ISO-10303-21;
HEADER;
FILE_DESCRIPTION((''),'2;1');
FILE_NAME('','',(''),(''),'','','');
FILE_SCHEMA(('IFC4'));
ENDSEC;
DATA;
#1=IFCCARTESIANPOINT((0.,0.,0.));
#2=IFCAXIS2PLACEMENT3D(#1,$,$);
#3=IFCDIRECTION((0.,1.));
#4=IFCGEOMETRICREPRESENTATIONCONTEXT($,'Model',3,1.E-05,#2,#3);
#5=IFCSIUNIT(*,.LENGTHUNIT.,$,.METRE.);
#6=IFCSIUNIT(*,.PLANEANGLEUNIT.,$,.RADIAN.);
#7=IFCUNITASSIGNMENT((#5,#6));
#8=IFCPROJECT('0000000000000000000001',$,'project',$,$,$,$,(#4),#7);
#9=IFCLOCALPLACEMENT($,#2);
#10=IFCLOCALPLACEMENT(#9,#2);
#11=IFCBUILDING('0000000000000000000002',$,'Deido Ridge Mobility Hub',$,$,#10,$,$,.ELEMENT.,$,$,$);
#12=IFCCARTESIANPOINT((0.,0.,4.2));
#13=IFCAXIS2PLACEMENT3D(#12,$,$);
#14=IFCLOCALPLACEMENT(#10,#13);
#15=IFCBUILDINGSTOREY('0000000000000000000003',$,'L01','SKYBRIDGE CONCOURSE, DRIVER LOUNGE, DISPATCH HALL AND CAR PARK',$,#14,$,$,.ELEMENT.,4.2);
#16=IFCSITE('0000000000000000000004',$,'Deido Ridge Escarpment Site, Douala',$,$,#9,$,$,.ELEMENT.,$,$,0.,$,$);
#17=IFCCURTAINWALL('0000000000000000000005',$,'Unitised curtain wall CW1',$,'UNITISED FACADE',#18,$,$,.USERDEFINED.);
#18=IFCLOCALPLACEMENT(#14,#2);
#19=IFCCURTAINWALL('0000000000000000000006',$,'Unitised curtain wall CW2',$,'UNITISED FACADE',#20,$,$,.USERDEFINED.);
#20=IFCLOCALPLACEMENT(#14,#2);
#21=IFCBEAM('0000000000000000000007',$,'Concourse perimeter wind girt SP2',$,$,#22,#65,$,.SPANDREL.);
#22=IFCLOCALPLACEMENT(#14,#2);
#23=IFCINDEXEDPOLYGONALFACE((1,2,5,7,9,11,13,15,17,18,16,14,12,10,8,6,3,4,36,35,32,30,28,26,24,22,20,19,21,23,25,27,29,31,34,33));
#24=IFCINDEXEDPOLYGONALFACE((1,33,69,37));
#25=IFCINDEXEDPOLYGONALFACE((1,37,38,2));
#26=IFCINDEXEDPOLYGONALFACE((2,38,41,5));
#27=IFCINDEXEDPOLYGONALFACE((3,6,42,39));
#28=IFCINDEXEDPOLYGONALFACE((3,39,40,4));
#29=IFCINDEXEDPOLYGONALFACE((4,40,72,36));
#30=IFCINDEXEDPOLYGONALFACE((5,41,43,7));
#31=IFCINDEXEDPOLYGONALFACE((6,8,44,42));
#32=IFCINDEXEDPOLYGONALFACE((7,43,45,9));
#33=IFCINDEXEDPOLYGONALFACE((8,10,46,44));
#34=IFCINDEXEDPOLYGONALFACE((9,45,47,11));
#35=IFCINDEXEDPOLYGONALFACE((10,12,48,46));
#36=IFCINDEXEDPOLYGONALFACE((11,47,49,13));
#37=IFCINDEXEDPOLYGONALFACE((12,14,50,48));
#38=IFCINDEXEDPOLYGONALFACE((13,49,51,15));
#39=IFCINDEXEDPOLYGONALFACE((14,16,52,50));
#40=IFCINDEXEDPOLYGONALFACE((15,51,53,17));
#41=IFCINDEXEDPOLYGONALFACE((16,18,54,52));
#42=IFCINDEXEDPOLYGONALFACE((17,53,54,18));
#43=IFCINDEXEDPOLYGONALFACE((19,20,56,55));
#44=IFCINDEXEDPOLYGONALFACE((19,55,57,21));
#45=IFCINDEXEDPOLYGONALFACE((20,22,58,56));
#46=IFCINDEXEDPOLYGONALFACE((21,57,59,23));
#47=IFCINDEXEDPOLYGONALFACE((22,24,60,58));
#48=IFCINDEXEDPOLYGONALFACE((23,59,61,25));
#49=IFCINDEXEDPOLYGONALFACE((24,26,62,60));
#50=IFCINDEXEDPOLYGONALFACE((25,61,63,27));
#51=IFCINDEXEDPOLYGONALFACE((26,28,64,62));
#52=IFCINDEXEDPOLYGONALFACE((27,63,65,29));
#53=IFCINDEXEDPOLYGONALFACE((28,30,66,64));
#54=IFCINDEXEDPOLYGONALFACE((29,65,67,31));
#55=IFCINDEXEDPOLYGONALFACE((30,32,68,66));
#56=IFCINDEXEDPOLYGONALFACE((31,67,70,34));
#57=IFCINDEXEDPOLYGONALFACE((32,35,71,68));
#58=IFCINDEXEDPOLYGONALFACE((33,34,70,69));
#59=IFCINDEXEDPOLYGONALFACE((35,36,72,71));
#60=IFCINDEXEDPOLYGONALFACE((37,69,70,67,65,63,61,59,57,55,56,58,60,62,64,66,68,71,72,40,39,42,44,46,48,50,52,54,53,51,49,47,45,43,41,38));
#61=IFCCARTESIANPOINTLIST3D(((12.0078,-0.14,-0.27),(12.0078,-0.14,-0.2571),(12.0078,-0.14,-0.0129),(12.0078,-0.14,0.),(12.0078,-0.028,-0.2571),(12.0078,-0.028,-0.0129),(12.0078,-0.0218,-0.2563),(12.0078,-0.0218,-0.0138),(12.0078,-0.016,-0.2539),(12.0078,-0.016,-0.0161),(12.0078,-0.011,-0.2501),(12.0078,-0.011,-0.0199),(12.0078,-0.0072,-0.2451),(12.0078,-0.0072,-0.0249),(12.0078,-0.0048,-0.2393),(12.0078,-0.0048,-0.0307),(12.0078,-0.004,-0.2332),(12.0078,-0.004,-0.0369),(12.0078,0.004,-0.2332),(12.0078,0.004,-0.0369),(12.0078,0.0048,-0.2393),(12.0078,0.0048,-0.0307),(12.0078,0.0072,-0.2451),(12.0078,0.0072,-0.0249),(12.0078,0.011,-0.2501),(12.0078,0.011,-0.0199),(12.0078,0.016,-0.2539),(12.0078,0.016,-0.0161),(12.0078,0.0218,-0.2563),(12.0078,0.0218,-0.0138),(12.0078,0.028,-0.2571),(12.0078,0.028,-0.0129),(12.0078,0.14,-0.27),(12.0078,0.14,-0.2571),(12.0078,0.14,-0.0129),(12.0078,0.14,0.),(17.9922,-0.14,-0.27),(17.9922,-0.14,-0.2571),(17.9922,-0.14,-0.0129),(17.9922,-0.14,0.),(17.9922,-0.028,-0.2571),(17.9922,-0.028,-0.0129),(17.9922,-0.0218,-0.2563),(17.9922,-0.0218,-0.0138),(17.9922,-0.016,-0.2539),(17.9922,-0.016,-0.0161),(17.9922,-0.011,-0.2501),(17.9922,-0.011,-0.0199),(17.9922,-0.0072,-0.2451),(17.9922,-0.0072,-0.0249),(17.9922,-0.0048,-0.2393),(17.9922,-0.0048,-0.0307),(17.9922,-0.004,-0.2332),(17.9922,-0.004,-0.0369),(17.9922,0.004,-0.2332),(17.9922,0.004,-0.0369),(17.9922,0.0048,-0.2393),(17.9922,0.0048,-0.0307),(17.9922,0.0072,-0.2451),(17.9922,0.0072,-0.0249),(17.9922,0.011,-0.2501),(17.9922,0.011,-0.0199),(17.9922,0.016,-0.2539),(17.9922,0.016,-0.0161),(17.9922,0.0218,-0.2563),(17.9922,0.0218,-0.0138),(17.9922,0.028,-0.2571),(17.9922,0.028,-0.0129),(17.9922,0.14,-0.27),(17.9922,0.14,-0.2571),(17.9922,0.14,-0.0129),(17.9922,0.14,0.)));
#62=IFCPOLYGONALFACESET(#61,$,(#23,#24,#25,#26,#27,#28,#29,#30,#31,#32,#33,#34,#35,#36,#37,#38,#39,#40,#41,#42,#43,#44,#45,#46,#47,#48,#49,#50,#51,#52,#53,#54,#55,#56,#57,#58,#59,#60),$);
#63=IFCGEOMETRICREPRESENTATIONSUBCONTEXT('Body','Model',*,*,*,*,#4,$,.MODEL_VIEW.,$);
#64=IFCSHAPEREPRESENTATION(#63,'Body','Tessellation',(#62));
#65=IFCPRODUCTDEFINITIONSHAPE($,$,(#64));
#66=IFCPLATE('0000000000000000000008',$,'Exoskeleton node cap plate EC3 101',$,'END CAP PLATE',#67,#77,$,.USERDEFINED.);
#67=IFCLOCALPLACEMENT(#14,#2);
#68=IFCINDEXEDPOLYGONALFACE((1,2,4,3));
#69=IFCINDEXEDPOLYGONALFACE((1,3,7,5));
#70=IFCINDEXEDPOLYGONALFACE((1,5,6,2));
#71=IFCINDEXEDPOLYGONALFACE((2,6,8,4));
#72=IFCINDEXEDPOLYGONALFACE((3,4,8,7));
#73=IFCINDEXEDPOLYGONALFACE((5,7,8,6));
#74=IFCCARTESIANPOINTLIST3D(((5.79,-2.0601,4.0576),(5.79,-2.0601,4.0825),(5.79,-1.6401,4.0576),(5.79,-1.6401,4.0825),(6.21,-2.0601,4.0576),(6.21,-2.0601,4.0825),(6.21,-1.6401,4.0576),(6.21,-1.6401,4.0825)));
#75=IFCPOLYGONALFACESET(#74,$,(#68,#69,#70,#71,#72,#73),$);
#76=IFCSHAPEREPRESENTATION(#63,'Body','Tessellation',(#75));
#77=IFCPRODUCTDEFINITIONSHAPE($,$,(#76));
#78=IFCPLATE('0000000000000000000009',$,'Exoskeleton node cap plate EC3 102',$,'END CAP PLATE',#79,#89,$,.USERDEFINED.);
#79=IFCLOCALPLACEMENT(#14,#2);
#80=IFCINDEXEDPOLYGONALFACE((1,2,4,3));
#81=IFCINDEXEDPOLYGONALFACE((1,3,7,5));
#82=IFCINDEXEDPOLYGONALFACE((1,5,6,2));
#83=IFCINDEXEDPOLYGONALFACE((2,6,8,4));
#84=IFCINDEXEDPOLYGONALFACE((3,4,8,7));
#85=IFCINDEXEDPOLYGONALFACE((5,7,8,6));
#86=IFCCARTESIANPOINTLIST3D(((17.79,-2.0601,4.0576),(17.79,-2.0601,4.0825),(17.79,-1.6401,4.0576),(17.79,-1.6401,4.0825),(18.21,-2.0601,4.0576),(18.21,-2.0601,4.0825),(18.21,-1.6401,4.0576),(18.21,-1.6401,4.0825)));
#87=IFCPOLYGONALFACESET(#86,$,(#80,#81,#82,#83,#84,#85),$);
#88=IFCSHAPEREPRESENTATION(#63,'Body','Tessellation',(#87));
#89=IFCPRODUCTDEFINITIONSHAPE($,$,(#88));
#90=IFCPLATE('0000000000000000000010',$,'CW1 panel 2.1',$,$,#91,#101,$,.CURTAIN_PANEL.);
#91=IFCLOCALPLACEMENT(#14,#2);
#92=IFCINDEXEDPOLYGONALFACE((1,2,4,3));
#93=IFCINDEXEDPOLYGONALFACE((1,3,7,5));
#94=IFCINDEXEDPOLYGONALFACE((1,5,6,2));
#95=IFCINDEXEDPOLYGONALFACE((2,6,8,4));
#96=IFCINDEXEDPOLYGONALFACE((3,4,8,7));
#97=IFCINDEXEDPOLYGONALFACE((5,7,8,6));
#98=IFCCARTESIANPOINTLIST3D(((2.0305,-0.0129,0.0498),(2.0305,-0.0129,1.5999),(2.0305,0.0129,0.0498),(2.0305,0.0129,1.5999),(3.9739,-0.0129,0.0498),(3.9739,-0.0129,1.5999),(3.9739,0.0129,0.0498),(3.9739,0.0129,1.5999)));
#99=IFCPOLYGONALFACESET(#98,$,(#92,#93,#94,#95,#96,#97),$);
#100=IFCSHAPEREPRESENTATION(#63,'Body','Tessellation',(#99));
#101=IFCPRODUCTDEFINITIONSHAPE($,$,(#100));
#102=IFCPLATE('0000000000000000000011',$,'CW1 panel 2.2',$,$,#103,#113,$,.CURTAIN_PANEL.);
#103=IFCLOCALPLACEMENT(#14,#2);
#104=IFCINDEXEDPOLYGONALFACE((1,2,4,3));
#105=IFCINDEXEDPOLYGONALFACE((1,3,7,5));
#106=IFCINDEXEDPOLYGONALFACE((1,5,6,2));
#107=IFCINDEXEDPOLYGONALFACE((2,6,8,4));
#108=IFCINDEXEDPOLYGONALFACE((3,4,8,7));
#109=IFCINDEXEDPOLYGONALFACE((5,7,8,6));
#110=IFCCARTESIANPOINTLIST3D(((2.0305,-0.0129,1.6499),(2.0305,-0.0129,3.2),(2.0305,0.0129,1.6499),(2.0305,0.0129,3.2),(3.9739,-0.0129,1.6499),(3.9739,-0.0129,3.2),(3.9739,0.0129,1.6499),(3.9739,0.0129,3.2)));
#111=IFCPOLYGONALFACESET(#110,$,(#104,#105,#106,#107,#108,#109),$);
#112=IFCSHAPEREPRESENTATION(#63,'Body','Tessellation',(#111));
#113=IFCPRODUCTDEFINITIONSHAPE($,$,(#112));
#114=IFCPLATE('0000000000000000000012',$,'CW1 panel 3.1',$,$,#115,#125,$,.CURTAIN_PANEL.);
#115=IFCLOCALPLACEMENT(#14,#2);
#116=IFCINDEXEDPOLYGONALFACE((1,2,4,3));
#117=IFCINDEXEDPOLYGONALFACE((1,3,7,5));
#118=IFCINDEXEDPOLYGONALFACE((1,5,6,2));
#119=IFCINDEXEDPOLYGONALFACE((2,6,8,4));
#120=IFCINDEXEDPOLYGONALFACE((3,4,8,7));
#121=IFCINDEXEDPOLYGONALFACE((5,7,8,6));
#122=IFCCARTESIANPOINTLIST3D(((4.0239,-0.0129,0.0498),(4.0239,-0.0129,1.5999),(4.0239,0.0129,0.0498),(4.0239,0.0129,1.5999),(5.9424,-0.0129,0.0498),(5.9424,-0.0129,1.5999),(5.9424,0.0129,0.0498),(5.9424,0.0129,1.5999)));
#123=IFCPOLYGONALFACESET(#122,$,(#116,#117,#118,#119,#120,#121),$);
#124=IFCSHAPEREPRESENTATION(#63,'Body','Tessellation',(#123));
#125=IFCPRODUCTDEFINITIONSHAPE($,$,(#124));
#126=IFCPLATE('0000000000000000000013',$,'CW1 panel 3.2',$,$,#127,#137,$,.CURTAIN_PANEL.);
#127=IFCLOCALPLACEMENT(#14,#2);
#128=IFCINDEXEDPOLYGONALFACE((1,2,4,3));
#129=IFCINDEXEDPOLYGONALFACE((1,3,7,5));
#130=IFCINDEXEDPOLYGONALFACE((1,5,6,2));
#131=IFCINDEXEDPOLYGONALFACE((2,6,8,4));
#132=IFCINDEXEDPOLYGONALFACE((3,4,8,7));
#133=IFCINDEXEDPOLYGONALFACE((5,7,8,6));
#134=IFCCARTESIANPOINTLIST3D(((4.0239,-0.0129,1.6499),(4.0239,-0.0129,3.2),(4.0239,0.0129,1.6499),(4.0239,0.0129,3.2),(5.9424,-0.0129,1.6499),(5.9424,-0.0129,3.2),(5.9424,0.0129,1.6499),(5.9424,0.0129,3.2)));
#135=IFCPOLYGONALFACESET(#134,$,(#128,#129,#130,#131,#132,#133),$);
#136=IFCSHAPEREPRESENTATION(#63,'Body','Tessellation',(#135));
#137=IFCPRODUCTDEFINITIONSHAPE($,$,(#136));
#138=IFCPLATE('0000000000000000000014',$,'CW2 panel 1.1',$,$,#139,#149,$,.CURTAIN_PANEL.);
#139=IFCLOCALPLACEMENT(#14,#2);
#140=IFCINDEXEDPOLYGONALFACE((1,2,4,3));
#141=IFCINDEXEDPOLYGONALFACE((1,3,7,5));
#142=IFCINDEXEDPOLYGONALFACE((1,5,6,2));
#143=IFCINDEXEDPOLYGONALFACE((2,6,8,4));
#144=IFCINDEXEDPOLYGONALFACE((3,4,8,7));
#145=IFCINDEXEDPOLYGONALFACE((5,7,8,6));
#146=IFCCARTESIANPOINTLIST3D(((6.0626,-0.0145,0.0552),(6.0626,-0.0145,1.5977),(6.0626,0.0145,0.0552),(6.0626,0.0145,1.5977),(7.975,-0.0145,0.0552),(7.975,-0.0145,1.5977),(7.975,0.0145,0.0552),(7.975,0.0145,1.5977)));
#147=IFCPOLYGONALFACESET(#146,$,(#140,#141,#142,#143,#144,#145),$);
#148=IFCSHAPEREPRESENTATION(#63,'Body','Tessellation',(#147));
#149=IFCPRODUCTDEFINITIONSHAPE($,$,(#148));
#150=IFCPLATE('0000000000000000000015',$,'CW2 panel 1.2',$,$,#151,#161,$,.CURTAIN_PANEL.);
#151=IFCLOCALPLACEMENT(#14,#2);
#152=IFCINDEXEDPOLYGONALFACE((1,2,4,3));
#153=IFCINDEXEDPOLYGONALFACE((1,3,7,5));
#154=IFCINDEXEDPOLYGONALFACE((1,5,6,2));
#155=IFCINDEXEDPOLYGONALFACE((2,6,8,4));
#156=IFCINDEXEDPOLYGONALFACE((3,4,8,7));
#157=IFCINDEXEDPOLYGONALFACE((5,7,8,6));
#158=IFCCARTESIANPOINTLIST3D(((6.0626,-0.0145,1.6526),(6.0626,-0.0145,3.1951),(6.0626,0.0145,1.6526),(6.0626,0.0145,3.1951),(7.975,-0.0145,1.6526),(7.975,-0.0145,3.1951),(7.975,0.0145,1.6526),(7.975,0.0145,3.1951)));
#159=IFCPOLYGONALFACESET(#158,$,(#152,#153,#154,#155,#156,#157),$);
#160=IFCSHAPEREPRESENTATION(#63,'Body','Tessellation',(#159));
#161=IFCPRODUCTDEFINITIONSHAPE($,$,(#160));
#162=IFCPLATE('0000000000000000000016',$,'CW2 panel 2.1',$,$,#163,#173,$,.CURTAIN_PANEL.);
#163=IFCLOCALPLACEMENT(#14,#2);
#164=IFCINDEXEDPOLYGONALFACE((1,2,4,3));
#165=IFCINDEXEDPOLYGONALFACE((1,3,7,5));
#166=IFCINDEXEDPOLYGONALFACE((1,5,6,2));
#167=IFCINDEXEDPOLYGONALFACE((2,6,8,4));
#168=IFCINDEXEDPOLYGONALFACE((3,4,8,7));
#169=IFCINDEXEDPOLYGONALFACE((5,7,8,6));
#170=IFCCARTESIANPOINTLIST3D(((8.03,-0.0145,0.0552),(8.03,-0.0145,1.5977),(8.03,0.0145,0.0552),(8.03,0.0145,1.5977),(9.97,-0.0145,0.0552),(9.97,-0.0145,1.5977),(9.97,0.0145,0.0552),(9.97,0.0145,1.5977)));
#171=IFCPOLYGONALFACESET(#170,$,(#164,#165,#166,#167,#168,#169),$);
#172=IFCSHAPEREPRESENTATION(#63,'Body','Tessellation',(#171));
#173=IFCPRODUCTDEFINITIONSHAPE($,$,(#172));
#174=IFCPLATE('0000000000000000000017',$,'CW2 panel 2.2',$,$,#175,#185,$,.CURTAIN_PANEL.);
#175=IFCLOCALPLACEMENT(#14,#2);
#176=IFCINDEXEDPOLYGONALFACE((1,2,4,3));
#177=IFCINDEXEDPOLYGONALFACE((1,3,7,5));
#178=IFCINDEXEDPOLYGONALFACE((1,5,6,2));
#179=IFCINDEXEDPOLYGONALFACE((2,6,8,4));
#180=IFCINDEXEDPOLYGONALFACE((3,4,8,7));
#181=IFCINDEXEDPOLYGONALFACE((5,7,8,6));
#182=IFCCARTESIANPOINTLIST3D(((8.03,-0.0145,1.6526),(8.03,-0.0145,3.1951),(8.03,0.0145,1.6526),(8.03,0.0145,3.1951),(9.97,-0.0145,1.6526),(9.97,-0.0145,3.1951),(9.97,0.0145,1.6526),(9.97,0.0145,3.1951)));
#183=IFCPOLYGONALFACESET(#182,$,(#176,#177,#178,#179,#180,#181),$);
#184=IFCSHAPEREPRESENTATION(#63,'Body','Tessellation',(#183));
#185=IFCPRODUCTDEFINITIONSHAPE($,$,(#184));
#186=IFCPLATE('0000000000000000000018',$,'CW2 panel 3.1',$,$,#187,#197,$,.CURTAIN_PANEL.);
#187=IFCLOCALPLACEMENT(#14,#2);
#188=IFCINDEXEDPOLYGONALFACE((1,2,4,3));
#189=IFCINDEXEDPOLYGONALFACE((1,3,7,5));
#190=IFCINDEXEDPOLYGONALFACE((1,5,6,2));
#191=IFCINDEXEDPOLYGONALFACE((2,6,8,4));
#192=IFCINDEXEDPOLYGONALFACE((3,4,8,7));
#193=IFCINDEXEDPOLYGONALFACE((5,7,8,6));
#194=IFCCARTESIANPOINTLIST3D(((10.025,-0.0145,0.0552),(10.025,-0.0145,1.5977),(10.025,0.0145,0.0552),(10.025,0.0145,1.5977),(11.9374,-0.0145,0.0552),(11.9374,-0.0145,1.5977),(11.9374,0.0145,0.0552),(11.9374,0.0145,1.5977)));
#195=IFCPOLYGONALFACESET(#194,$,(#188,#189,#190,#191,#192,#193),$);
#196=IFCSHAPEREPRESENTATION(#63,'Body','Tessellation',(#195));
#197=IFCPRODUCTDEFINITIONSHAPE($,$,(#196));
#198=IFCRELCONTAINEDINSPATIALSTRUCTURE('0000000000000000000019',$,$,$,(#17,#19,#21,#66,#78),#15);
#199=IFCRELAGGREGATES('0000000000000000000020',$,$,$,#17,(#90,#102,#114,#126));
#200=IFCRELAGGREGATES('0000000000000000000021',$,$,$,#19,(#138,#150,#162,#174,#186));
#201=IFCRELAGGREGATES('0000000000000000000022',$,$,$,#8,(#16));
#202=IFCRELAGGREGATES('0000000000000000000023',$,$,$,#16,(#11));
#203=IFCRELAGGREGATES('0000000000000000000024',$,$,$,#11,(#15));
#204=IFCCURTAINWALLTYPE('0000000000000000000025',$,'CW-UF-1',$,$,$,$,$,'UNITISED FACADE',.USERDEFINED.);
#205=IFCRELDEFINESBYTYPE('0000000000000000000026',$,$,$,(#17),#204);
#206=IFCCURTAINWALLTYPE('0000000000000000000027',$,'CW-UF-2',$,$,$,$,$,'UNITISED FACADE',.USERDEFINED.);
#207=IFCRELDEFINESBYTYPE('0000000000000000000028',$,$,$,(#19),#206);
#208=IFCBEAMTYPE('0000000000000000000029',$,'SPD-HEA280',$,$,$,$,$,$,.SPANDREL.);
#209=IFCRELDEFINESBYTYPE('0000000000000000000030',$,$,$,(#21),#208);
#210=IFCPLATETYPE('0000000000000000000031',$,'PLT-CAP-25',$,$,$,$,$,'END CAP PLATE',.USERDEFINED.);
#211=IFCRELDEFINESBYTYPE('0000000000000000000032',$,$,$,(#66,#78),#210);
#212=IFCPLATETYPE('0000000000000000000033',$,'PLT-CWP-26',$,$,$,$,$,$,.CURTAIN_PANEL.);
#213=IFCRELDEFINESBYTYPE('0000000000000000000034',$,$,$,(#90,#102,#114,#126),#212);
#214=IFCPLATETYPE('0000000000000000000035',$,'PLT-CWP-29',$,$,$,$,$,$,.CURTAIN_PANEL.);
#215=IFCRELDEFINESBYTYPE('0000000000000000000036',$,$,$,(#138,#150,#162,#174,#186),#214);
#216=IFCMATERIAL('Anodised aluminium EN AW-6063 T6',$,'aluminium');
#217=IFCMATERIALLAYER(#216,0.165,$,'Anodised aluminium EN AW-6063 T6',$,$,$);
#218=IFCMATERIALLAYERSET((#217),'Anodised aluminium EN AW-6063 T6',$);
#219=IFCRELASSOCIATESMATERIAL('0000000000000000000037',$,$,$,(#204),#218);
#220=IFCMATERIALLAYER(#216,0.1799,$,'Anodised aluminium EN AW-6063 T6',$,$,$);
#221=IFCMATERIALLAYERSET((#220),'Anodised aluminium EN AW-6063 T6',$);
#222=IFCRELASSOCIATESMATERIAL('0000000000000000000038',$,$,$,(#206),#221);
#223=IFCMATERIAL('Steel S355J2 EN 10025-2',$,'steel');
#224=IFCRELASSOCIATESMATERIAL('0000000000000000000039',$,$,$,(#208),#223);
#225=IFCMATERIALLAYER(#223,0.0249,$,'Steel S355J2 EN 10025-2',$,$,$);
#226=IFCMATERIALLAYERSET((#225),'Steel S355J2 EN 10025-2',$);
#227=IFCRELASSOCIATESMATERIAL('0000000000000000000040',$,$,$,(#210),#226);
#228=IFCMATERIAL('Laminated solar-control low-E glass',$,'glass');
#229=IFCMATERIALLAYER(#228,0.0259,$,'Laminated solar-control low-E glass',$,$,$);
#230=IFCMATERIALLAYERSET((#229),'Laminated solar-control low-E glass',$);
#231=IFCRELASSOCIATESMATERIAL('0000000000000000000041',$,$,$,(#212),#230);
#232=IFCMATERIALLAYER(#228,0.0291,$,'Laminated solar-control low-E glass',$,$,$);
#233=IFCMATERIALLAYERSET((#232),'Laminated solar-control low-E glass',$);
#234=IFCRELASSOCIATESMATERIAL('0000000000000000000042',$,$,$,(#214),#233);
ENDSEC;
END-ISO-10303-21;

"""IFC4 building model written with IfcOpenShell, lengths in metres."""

from ifc_helpers import new_model, si_unit, direction, frame, origin, origin_2d, place, context, subcontext, project, spatial, rectangle, i_section, extrude, material, layer, layer_set, material_profile, profile_set, type_object, element, aggregate, save


model = new_model("IFC4")

# Units and contexts
model_context = context("Model", 3, precision=1e-05, world=origin(), true_north=direction((0.0, 1.0)))
body_context = subcontext(model_context, "Body", "Model", "MODEL_VIEW")
ifc_project = project(units=[si_unit("LENGTHUNIT", "METRE"), si_unit("PLANEANGLEUNIT", "RADIAN")], contexts=[model_context])

# Site, building, storey
site_placement = place(None, origin())
site = spatial("IfcSite", under=ifc_project, at=site_placement, Name="Deido Ridge Escarpment Site, Douala", CompositionType="ELEMENT", RefElevation=0.0)
building_placement = place(site_placement, origin())
building = spatial("IfcBuilding", under=site, at=building_placement, Name="Deido Ridge Mobility Hub", CompositionType="ELEMENT")
storey_placement = place(building_placement, frame((0.0, 0.0, 4.2)))
storey = spatial("IfcBuildingStorey", under=building, at=storey_placement, Name="L01", Description="SKYBRIDGE CONCOURSE, DRIVER LOUNGE, DISPATCH HALL AND CAR PARK", CompositionType="ELEMENT", Elevation=4.2)

# Shared definitions
ifc_material_1 = material(Name="Steel S355J2 EN 10025-2", Category="steel")

# Curtain walls
ifc_material_2 = material(Name="Anodised aluminium EN AW-6063 T6", Category="aluminium")
ifc_layer_1 = layer(ifc_material_2, 0.165, Name="Anodised aluminium EN AW-6063 T6")
ifc_layer_set_1 = layer_set([ifc_layer_1], Name="Anodised aluminium EN AW-6063 T6")
curtain_wall_type_1 = type_object("IfcCurtainWallType", Name="CW-UF-1", ElementType="UNITISED FACADE", PredefinedType="USERDEFINED", material=ifc_layer_set_1)
curtain_wall_1_placement = place(storey_placement, origin())
curtain_wall_1 = element("IfcCurtainWall", 1, at=curtain_wall_1_placement, inside=storey, type_object=curtain_wall_type_1, Name="Unitised curtain wall CW1", ObjectType="UNITISED FACADE", PredefinedType="USERDEFINED")
ifc_layer_2 = layer(ifc_material_2, 0.1799, Name="Anodised aluminium EN AW-6063 T6")
ifc_layer_set_2 = layer_set([ifc_layer_2], Name="Anodised aluminium EN AW-6063 T6")
curtain_wall_type_2 = type_object("IfcCurtainWallType", Name="CW-UF-2", ElementType="UNITISED FACADE", PredefinedType="USERDEFINED", material=ifc_layer_set_2)
curtain_wall_2_placement = place(storey_placement, origin())
curtain_wall_2 = element("IfcCurtainWall", 2, at=curtain_wall_2_placement, inside=storey, type_object=curtain_wall_type_2, Name="Unitised curtain wall CW2", ObjectType="UNITISED FACADE", PredefinedType="USERDEFINED")

# Beam
ifc_material_profile_1 = material_profile(ifc_material_1, i_section(OverallWidth=0.28, OverallDepth=0.27, WebThickness=0.0081, FlangeThickness=0.0129, FilletRadius=0.0239, at=origin_2d()), Name="HEA 280")
ifc_profile_set_1 = profile_set([ifc_material_profile_1], Name="Steel S355J2 EN 10025-2")
beam_type = type_object("IfcBeamType", Name="SPD-HEA280", PredefinedType="SPANDREL", material=ifc_profile_set_1)
for number, where, z_axis, x_axis, name in (
    (3, (12.0078, 0.0, -0.135), (1.0, 0.0, 0.0), (0.0, 1.0, 0.0), "Concourse perimeter wind girt SP2"),
):
    element("IfcBeam", number, at=place(storey_placement, frame(where, z_axis=z_axis, x_axis=x_axis)), inside=storey, type_object=beam_type, Name=name, PredefinedType="SPANDREL", context=body_context, shape_type="SweptSolid", body=[
        extrude(i_section(OverallWidth=0.28, OverallDepth=0.27, WebThickness=0.0081, FlangeThickness=0.0129, FilletRadius=0.0239, at=origin_2d()), origin(), (0.0, 0.0, 1.0), 5.9844),
    ])

# Plates
ifc_layer_3 = layer(ifc_material_1, 0.0249, Name="Steel S355J2 EN 10025-2")
ifc_layer_set_3 = layer_set([ifc_layer_3], Name="Steel S355J2 EN 10025-2")
plate_type_1 = type_object("IfcPlateType", Name="PLT-CAP-25", ElementType="END CAP PLATE", PredefinedType="USERDEFINED", material=ifc_layer_set_3)
for number, where, z_axis, x_axis, name in (
    (4, (6.0, -1.8501, 4.0576), (0.0, 0.0, 1.0), (1.0, 0.0, 0.0), "Exoskeleton node cap plate EC3 101"),
    (5, (18.0, -1.8501, 4.0576), (0.0, 0.0, 1.0), (1.0, 0.0, 0.0), "Exoskeleton node cap plate EC3 102"),
):
    element("IfcPlate", number, at=place(storey_placement, frame(where, z_axis=z_axis, x_axis=x_axis)), inside=storey, type_object=plate_type_1, Name=name, ObjectType="END CAP PLATE", PredefinedType="USERDEFINED", context=body_context, shape_type="SweptSolid", body=[
        extrude(rectangle(XDim=0.4199, YDim=0.4199, at=origin_2d()), origin(), (0.0, 0.0, 1.0), 0.0249),
    ])

# Plates
ifc_material_3 = material(Name="Laminated solar-control low-E glass", Category="glass")
ifc_layer_4 = layer(ifc_material_3, 0.0259, Name="Laminated solar-control low-E glass")
ifc_layer_set_4 = layer_set([ifc_layer_4], Name="Laminated solar-control low-E glass")
plate_type_2 = type_object("IfcPlateType", Name="PLT-CWP-26", PredefinedType="CURTAIN_PANEL", material=ifc_layer_set_4)
plate_1_placement = place(storey_placement, frame((3.0022, 0.0, 0.0498), z_axis=(0.0, 0.0, 1.0), x_axis=(1.0, 0.0, 0.0)))
plate_1 = element("IfcPlate", 6, at=plate_1_placement, type_object=plate_type_2, Name="CW1 panel 2.1", PredefinedType="CURTAIN_PANEL", context=body_context, shape_type="SweptSolid", body=[
    extrude(rectangle(XDim=1.9434, YDim=0.0259, at=origin_2d()), origin(), (0.0, 0.0, 1.0), 1.55),
])
plate_2_placement = place(storey_placement, frame((3.0022, 0.0, 1.6499), z_axis=(0.0, 0.0, 1.0), x_axis=(1.0, 0.0, 0.0)))
plate_2 = element("IfcPlate", 7, at=plate_2_placement, type_object=plate_type_2, Name="CW1 panel 2.2", PredefinedType="CURTAIN_PANEL", context=body_context, shape_type="SweptSolid", body=[
    extrude(rectangle(XDim=1.9434, YDim=0.0259, at=origin_2d()), origin(), (0.0, 0.0, 1.0), 1.55),
])
plate_3_placement = place(storey_placement, frame((4.9832, 0.0, 0.0498), z_axis=(0.0, 0.0, 1.0), x_axis=(1.0, 0.0, 0.0)))
plate_3 = element("IfcPlate", 8, at=plate_3_placement, type_object=plate_type_2, Name="CW1 panel 3.1", PredefinedType="CURTAIN_PANEL", context=body_context, shape_type="SweptSolid", body=[
    extrude(rectangle(XDim=1.9185, YDim=0.0259, at=origin_2d()), origin(), (0.0, 0.0, 1.0), 1.55),
])
plate_4_placement = place(storey_placement, frame((4.9832, 0.0, 1.6499), z_axis=(0.0, 0.0, 1.0), x_axis=(1.0, 0.0, 0.0)))
plate_4 = element("IfcPlate", 9, at=plate_4_placement, type_object=plate_type_2, Name="CW1 panel 3.2", PredefinedType="CURTAIN_PANEL", context=body_context, shape_type="SweptSolid", body=[
    extrude(rectangle(XDim=1.9185, YDim=0.0259, at=origin_2d()), origin(), (0.0, 0.0, 1.0), 1.55),
])
aggregate(curtain_wall_1, [plate_1, plate_2, plate_3, plate_4])
ifc_layer_5 = layer(ifc_material_3, 0.0291, Name="Laminated solar-control low-E glass")
ifc_layer_set_5 = layer_set([ifc_layer_5], Name="Laminated solar-control low-E glass")
plate_type_3 = type_object("IfcPlateType", Name="PLT-CWP-29", PredefinedType="CURTAIN_PANEL", material=ifc_layer_set_5)
plate_5_placement = place(storey_placement, frame((7.0188, 0.0, 0.0552), z_axis=(0.0, 0.0, 1.0), x_axis=(1.0, 0.0, 0.0)))
plate_5 = element("IfcPlate", 10, at=plate_5_placement, type_object=plate_type_3, Name="CW2 panel 1.1", PredefinedType="CURTAIN_PANEL", context=body_context, shape_type="SweptSolid", body=[
    extrude(rectangle(XDim=1.9124, YDim=0.0291, at=origin_2d()), origin(), (0.0, 0.0, 1.0), 1.5425),
])
plate_6_placement = place(storey_placement, frame((7.0188, 0.0, 1.6526), z_axis=(0.0, 0.0, 1.0), x_axis=(1.0, 0.0, 0.0)))
plate_6 = element("IfcPlate", 11, at=plate_6_placement, type_object=plate_type_3, Name="CW2 panel 1.2", PredefinedType="CURTAIN_PANEL", context=body_context, shape_type="SweptSolid", body=[
    extrude(rectangle(XDim=1.9124, YDim=0.0291, at=origin_2d()), origin(), (0.0, 0.0, 1.0), 1.5425),
])
plate_7_placement = place(storey_placement, frame((9.0, 0.0, 0.0552), z_axis=(0.0, 0.0, 1.0), x_axis=(1.0, 0.0, 0.0)))
plate_7 = element("IfcPlate", 12, at=plate_7_placement, type_object=plate_type_3, Name="CW2 panel 2.1", PredefinedType="CURTAIN_PANEL", context=body_context, shape_type="SweptSolid", body=[
    extrude(rectangle(XDim=1.9399, YDim=0.0291, at=origin_2d()), origin(), (0.0, 0.0, 1.0), 1.5425),
])
plate_8_placement = place(storey_placement, frame((9.0, 0.0, 1.6526), z_axis=(0.0, 0.0, 1.0), x_axis=(1.0, 0.0, 0.0)))
plate_8 = element("IfcPlate", 13, at=plate_8_placement, type_object=plate_type_3, Name="CW2 panel 2.2", PredefinedType="CURTAIN_PANEL", context=body_context, shape_type="SweptSolid", body=[
    extrude(rectangle(XDim=1.9399, YDim=0.0291, at=origin_2d()), origin(), (0.0, 0.0, 1.0), 1.5425),
])
plate_9_placement = place(storey_placement, frame((10.9812, 0.0, 0.0552), z_axis=(0.0, 0.0, 1.0), x_axis=(1.0, 0.0, 0.0)))
plate_9 = element("IfcPlate", 14, at=plate_9_placement, type_object=plate_type_3, Name="CW2 panel 3.1", PredefinedType="CURTAIN_PANEL", context=body_context, shape_type="SweptSolid", body=[
    extrude(rectangle(XDim=1.9124, YDim=0.0291, at=origin_2d()), origin(), (0.0, 0.0, 1.0), 1.5425),
])
aggregate(curtain_wall_2, [plate_5, plate_6, plate_7, plate_8, plate_9])

save(model, "model.ifc")
